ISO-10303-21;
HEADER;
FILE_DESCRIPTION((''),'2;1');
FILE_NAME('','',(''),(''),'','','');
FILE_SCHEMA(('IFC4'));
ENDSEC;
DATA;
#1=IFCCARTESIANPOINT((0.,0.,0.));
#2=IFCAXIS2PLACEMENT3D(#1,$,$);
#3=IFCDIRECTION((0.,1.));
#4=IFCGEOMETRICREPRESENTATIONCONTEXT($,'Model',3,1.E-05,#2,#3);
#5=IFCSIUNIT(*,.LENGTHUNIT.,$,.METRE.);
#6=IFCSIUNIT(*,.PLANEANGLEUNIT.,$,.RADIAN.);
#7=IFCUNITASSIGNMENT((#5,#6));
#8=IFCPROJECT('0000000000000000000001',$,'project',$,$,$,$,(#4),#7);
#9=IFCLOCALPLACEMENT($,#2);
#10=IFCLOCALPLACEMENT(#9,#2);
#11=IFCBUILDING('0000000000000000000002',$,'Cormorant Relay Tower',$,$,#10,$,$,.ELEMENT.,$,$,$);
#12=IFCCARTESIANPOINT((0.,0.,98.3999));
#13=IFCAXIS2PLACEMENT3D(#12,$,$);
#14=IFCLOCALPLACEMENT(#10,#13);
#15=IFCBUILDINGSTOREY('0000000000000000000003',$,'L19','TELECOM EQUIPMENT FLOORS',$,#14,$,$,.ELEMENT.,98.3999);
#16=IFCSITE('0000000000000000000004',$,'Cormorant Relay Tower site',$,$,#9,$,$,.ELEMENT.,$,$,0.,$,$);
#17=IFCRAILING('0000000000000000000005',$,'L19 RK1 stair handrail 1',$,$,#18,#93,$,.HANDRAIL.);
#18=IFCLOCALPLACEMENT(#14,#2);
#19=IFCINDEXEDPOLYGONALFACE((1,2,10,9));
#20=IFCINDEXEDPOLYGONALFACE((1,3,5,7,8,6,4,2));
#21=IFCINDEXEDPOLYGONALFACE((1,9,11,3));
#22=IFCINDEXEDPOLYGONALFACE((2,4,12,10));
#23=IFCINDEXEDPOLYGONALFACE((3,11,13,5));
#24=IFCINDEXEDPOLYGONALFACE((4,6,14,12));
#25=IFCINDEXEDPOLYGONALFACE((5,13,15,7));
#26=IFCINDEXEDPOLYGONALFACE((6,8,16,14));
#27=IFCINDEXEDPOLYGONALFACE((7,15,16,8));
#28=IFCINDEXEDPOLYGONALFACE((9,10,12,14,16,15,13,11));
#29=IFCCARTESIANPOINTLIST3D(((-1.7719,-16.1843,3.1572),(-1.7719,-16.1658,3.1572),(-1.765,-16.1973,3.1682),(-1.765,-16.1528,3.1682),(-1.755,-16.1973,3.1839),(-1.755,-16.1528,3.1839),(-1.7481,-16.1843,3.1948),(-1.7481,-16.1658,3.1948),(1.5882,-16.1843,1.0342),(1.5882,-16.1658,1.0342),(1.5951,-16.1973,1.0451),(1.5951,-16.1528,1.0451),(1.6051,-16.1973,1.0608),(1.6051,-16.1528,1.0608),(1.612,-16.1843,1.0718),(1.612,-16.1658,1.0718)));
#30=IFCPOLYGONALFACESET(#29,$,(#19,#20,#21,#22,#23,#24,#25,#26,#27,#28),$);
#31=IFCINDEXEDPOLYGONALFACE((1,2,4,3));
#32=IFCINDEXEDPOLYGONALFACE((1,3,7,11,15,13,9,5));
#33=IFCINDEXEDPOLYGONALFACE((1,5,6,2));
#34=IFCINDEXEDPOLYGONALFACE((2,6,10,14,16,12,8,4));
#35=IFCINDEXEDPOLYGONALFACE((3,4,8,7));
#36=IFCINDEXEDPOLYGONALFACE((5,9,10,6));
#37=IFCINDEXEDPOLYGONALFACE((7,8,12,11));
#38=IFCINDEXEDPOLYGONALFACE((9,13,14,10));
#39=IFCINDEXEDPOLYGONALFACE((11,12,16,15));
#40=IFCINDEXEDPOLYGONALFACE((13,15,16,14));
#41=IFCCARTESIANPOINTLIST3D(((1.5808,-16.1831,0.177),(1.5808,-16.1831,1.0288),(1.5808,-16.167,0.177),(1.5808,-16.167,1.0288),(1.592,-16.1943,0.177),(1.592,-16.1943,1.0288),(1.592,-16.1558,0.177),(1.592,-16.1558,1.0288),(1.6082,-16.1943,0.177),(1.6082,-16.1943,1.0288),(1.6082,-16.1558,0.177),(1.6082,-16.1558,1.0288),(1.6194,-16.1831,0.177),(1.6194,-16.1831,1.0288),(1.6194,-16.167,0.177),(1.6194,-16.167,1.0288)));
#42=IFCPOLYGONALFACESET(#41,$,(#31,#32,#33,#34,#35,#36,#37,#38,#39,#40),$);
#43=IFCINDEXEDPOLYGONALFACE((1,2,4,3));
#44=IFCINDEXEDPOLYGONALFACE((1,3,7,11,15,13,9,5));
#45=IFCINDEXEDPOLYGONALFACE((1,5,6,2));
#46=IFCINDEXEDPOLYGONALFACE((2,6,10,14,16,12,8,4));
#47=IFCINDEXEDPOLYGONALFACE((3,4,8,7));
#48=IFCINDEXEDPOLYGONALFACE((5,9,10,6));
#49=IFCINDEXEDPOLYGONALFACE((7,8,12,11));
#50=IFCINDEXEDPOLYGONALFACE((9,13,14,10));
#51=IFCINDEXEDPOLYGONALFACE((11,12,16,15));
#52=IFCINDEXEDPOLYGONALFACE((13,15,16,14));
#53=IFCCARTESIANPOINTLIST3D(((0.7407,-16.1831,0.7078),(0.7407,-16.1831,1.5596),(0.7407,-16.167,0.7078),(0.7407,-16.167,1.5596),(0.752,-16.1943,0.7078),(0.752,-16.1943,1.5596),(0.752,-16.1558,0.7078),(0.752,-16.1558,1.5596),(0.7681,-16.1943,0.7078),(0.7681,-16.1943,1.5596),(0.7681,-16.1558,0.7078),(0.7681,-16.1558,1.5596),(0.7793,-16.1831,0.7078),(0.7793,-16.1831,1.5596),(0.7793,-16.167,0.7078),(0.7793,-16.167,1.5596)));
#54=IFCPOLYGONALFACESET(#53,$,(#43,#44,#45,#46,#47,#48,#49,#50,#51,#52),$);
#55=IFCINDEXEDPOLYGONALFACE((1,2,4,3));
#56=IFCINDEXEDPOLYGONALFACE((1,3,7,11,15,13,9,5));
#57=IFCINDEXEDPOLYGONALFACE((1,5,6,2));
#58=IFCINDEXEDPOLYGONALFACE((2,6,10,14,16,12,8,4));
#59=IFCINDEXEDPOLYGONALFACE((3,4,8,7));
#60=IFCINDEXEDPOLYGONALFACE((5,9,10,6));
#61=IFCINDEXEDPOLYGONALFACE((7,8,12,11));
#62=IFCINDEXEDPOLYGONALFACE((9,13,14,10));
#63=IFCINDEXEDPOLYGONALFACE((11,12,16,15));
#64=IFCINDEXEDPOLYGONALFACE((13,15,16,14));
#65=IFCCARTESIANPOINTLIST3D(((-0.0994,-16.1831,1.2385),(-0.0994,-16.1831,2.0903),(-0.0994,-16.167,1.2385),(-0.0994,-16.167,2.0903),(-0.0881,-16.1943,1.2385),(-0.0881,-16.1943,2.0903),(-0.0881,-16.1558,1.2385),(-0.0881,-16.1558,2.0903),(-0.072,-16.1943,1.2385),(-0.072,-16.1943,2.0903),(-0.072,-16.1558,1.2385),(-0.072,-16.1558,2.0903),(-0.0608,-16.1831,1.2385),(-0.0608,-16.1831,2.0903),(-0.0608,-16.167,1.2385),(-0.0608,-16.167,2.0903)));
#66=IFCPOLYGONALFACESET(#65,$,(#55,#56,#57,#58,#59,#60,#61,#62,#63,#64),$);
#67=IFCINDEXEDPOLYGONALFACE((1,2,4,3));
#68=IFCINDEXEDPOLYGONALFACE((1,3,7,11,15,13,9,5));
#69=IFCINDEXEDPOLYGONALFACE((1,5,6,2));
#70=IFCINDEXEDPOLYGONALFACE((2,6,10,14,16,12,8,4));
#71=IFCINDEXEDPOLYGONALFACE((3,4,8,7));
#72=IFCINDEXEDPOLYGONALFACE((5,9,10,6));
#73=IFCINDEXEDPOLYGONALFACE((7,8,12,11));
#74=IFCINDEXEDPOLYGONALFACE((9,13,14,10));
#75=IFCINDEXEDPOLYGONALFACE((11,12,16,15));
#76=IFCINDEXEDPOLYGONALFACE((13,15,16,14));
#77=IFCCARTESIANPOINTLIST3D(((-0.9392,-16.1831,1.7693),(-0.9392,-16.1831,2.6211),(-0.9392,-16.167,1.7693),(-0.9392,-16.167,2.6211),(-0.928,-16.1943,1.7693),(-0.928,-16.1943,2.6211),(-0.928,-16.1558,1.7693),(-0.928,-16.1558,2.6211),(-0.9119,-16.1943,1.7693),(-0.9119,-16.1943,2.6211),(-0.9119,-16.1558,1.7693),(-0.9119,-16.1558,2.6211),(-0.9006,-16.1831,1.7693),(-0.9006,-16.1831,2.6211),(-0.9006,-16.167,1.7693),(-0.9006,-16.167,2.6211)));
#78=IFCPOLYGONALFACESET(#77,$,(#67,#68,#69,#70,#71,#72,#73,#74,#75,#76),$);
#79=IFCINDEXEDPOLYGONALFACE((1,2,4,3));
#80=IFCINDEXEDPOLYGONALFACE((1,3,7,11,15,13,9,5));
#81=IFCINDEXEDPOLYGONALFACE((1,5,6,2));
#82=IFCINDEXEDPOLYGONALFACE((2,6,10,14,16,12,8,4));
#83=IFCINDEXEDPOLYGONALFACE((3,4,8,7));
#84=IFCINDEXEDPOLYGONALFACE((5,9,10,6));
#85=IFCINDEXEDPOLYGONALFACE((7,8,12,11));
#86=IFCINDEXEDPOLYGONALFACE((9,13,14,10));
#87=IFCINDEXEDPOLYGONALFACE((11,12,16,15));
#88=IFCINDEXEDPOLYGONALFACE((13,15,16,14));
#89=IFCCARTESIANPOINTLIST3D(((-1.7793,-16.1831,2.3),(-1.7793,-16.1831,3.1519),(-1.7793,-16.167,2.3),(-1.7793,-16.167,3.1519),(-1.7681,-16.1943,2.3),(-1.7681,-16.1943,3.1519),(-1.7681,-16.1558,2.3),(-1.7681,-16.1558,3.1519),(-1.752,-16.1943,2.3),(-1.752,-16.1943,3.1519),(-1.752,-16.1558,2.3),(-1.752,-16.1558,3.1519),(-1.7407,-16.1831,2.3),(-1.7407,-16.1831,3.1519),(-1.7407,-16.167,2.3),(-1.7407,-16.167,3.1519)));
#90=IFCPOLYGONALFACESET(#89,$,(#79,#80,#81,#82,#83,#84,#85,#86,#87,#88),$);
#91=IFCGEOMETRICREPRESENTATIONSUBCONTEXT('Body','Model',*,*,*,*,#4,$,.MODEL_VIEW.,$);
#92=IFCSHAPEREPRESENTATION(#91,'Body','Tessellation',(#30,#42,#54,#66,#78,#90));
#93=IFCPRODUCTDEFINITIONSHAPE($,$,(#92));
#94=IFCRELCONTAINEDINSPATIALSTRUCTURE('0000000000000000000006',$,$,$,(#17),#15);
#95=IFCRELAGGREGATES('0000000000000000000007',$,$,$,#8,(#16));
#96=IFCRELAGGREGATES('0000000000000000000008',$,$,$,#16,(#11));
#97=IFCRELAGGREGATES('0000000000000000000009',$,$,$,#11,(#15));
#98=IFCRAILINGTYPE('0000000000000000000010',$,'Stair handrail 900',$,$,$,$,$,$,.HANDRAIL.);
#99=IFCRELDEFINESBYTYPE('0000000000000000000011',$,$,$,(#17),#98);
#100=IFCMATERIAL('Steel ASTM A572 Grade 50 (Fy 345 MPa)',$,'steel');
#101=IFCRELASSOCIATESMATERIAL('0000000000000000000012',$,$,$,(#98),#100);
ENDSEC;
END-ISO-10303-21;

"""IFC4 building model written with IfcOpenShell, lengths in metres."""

from ifc_helpers import new_model, si_unit, direction, frame, origin, place, context, subcontext, project, spatial, polyline, outline, extrude, material, type_object, element, save


model = new_model("IFC4")

# Units and contexts
model_context = context("Model", 3, precision=1e-05, world=origin(), true_north=direction((0.0, 1.0)))
body_context = subcontext(model_context, "Body", "Model", "MODEL_VIEW")
ifc_project = project(units=[si_unit("LENGTHUNIT", "METRE"), si_unit("PLANEANGLEUNIT", "RADIAN")], contexts=[model_context])

# Site, building, storey
site_placement = place(None, origin())
site = spatial("IfcSite", under=ifc_project, at=site_placement, Name="Cormorant Relay Tower site", CompositionType="ELEMENT", RefElevation=0.0)
building_placement = place(site_placement, origin())
building = spatial("IfcBuilding", under=site, at=building_placement, Name="Cormorant Relay Tower", CompositionType="ELEMENT")
storey_placement = place(building_placement, frame((0.0, 0.0, 98.3999)))
storey = spatial("IfcBuildingStorey", under=building, at=storey_placement, Name="L19", Description="TELECOM EQUIPMENT FLOORS", CompositionType="ELEMENT", Elevation=98.3999)

# Railing
ifc_material_1 = material(Name="Steel ASTM A572 Grade 50 (Fy 345 MPa)", Category="steel")
railing_type_1 = type_object("IfcRailingType", Name="Stair handrail 900", PredefinedType="HANDRAIL", material=ifc_material_1)
railing_1_placement = place(storey_placement, frame((1.6001, -16.175, 0.177)))
element("IfcRailing", 1, at=railing_1_placement, inside=storey, type_object=railing_type_1, Name="L19 RK1 stair handrail 1", PredefinedType="HANDRAIL", context=body_context, shape_type="SweptSolid", body=[
    extrude(outline(polyline([(0.0222, 0.0093), (0.0093, 0.0222), (-0.0093, 0.0222), (-0.0222, 0.0093), (-0.0222, -0.0093), (-0.0093, -0.0222), (0.0093, -0.0222), (0.0222, -0.0093), (0.0222, 0.0093)])), frame((0.0, 0.0, 0.876), z_axis=(-0.84539, 0.0, 0.53415), x_axis=(0.0, -1.0, 0.0)), (0.0, 0.0, 1.0), 3.9746),
    extrude(outline(polyline([(0.0193, 0.0081), (0.0081, 0.0193), (-0.0081, 0.0193), (-0.0193, 0.0081), (-0.0193, -0.0081), (-0.0081, -0.0193), (0.0081, -0.0193), (0.0193, -0.0081), (0.0193, 0.0081)])), origin(), (0.0, 0.0, 1.0), 0.8518),
    extrude(outline(polyline([(0.0193, 0.0081), (0.0081, 0.0193), (-0.0081, 0.0193), (-0.0193, 0.0081), (-0.0193, -0.0081), (-0.0081, -0.0193), (0.0081, -0.0193), (0.0193, -0.0081), (0.0193, 0.0081)])), frame((-0.8401, 0.0, 0.5308)), (0.0, 0.0, 1.0), 0.8518),
    extrude(outline(polyline([(0.0193, 0.0081), (0.0081, 0.0193), (-0.0081, 0.0193), (-0.0193, 0.0081), (-0.0193, -0.0081), (-0.0081, -0.0193), (0.0081, -0.0193), (0.0193, -0.0081), (0.0193, 0.0081)])), frame((-1.6802, 0.0, 1.0615)), (0.0, 0.0, 1.0), 0.8518),
    extrude(outline(polyline([(0.0193, 0.0081), (0.0081, 0.0193), (-0.0081, 0.0193), (-0.0193, 0.0081), (-0.0193, -0.0081), (-0.0081, -0.0193), (0.0081, -0.0193), (0.0193, -0.0081), (0.0193, 0.0081)])), frame((-2.52, 0.0, 1.5923)), (0.0, 0.0, 1.0), 0.8518),
    extrude(outline(polyline([(0.0193, 0.0081), (0.0081, 0.0193), (-0.0081, 0.0193), (-0.0193, 0.0081), (-0.0193, -0.0081), (-0.0081, -0.0193), (0.0081, -0.0193), (0.0193, -0.0081), (0.0193, 0.0081)])), frame((-3.3601, 0.0, 2.123)), (0.0, 0.0, 1.0), 0.8518),
])

save(model, "model.ifc")
